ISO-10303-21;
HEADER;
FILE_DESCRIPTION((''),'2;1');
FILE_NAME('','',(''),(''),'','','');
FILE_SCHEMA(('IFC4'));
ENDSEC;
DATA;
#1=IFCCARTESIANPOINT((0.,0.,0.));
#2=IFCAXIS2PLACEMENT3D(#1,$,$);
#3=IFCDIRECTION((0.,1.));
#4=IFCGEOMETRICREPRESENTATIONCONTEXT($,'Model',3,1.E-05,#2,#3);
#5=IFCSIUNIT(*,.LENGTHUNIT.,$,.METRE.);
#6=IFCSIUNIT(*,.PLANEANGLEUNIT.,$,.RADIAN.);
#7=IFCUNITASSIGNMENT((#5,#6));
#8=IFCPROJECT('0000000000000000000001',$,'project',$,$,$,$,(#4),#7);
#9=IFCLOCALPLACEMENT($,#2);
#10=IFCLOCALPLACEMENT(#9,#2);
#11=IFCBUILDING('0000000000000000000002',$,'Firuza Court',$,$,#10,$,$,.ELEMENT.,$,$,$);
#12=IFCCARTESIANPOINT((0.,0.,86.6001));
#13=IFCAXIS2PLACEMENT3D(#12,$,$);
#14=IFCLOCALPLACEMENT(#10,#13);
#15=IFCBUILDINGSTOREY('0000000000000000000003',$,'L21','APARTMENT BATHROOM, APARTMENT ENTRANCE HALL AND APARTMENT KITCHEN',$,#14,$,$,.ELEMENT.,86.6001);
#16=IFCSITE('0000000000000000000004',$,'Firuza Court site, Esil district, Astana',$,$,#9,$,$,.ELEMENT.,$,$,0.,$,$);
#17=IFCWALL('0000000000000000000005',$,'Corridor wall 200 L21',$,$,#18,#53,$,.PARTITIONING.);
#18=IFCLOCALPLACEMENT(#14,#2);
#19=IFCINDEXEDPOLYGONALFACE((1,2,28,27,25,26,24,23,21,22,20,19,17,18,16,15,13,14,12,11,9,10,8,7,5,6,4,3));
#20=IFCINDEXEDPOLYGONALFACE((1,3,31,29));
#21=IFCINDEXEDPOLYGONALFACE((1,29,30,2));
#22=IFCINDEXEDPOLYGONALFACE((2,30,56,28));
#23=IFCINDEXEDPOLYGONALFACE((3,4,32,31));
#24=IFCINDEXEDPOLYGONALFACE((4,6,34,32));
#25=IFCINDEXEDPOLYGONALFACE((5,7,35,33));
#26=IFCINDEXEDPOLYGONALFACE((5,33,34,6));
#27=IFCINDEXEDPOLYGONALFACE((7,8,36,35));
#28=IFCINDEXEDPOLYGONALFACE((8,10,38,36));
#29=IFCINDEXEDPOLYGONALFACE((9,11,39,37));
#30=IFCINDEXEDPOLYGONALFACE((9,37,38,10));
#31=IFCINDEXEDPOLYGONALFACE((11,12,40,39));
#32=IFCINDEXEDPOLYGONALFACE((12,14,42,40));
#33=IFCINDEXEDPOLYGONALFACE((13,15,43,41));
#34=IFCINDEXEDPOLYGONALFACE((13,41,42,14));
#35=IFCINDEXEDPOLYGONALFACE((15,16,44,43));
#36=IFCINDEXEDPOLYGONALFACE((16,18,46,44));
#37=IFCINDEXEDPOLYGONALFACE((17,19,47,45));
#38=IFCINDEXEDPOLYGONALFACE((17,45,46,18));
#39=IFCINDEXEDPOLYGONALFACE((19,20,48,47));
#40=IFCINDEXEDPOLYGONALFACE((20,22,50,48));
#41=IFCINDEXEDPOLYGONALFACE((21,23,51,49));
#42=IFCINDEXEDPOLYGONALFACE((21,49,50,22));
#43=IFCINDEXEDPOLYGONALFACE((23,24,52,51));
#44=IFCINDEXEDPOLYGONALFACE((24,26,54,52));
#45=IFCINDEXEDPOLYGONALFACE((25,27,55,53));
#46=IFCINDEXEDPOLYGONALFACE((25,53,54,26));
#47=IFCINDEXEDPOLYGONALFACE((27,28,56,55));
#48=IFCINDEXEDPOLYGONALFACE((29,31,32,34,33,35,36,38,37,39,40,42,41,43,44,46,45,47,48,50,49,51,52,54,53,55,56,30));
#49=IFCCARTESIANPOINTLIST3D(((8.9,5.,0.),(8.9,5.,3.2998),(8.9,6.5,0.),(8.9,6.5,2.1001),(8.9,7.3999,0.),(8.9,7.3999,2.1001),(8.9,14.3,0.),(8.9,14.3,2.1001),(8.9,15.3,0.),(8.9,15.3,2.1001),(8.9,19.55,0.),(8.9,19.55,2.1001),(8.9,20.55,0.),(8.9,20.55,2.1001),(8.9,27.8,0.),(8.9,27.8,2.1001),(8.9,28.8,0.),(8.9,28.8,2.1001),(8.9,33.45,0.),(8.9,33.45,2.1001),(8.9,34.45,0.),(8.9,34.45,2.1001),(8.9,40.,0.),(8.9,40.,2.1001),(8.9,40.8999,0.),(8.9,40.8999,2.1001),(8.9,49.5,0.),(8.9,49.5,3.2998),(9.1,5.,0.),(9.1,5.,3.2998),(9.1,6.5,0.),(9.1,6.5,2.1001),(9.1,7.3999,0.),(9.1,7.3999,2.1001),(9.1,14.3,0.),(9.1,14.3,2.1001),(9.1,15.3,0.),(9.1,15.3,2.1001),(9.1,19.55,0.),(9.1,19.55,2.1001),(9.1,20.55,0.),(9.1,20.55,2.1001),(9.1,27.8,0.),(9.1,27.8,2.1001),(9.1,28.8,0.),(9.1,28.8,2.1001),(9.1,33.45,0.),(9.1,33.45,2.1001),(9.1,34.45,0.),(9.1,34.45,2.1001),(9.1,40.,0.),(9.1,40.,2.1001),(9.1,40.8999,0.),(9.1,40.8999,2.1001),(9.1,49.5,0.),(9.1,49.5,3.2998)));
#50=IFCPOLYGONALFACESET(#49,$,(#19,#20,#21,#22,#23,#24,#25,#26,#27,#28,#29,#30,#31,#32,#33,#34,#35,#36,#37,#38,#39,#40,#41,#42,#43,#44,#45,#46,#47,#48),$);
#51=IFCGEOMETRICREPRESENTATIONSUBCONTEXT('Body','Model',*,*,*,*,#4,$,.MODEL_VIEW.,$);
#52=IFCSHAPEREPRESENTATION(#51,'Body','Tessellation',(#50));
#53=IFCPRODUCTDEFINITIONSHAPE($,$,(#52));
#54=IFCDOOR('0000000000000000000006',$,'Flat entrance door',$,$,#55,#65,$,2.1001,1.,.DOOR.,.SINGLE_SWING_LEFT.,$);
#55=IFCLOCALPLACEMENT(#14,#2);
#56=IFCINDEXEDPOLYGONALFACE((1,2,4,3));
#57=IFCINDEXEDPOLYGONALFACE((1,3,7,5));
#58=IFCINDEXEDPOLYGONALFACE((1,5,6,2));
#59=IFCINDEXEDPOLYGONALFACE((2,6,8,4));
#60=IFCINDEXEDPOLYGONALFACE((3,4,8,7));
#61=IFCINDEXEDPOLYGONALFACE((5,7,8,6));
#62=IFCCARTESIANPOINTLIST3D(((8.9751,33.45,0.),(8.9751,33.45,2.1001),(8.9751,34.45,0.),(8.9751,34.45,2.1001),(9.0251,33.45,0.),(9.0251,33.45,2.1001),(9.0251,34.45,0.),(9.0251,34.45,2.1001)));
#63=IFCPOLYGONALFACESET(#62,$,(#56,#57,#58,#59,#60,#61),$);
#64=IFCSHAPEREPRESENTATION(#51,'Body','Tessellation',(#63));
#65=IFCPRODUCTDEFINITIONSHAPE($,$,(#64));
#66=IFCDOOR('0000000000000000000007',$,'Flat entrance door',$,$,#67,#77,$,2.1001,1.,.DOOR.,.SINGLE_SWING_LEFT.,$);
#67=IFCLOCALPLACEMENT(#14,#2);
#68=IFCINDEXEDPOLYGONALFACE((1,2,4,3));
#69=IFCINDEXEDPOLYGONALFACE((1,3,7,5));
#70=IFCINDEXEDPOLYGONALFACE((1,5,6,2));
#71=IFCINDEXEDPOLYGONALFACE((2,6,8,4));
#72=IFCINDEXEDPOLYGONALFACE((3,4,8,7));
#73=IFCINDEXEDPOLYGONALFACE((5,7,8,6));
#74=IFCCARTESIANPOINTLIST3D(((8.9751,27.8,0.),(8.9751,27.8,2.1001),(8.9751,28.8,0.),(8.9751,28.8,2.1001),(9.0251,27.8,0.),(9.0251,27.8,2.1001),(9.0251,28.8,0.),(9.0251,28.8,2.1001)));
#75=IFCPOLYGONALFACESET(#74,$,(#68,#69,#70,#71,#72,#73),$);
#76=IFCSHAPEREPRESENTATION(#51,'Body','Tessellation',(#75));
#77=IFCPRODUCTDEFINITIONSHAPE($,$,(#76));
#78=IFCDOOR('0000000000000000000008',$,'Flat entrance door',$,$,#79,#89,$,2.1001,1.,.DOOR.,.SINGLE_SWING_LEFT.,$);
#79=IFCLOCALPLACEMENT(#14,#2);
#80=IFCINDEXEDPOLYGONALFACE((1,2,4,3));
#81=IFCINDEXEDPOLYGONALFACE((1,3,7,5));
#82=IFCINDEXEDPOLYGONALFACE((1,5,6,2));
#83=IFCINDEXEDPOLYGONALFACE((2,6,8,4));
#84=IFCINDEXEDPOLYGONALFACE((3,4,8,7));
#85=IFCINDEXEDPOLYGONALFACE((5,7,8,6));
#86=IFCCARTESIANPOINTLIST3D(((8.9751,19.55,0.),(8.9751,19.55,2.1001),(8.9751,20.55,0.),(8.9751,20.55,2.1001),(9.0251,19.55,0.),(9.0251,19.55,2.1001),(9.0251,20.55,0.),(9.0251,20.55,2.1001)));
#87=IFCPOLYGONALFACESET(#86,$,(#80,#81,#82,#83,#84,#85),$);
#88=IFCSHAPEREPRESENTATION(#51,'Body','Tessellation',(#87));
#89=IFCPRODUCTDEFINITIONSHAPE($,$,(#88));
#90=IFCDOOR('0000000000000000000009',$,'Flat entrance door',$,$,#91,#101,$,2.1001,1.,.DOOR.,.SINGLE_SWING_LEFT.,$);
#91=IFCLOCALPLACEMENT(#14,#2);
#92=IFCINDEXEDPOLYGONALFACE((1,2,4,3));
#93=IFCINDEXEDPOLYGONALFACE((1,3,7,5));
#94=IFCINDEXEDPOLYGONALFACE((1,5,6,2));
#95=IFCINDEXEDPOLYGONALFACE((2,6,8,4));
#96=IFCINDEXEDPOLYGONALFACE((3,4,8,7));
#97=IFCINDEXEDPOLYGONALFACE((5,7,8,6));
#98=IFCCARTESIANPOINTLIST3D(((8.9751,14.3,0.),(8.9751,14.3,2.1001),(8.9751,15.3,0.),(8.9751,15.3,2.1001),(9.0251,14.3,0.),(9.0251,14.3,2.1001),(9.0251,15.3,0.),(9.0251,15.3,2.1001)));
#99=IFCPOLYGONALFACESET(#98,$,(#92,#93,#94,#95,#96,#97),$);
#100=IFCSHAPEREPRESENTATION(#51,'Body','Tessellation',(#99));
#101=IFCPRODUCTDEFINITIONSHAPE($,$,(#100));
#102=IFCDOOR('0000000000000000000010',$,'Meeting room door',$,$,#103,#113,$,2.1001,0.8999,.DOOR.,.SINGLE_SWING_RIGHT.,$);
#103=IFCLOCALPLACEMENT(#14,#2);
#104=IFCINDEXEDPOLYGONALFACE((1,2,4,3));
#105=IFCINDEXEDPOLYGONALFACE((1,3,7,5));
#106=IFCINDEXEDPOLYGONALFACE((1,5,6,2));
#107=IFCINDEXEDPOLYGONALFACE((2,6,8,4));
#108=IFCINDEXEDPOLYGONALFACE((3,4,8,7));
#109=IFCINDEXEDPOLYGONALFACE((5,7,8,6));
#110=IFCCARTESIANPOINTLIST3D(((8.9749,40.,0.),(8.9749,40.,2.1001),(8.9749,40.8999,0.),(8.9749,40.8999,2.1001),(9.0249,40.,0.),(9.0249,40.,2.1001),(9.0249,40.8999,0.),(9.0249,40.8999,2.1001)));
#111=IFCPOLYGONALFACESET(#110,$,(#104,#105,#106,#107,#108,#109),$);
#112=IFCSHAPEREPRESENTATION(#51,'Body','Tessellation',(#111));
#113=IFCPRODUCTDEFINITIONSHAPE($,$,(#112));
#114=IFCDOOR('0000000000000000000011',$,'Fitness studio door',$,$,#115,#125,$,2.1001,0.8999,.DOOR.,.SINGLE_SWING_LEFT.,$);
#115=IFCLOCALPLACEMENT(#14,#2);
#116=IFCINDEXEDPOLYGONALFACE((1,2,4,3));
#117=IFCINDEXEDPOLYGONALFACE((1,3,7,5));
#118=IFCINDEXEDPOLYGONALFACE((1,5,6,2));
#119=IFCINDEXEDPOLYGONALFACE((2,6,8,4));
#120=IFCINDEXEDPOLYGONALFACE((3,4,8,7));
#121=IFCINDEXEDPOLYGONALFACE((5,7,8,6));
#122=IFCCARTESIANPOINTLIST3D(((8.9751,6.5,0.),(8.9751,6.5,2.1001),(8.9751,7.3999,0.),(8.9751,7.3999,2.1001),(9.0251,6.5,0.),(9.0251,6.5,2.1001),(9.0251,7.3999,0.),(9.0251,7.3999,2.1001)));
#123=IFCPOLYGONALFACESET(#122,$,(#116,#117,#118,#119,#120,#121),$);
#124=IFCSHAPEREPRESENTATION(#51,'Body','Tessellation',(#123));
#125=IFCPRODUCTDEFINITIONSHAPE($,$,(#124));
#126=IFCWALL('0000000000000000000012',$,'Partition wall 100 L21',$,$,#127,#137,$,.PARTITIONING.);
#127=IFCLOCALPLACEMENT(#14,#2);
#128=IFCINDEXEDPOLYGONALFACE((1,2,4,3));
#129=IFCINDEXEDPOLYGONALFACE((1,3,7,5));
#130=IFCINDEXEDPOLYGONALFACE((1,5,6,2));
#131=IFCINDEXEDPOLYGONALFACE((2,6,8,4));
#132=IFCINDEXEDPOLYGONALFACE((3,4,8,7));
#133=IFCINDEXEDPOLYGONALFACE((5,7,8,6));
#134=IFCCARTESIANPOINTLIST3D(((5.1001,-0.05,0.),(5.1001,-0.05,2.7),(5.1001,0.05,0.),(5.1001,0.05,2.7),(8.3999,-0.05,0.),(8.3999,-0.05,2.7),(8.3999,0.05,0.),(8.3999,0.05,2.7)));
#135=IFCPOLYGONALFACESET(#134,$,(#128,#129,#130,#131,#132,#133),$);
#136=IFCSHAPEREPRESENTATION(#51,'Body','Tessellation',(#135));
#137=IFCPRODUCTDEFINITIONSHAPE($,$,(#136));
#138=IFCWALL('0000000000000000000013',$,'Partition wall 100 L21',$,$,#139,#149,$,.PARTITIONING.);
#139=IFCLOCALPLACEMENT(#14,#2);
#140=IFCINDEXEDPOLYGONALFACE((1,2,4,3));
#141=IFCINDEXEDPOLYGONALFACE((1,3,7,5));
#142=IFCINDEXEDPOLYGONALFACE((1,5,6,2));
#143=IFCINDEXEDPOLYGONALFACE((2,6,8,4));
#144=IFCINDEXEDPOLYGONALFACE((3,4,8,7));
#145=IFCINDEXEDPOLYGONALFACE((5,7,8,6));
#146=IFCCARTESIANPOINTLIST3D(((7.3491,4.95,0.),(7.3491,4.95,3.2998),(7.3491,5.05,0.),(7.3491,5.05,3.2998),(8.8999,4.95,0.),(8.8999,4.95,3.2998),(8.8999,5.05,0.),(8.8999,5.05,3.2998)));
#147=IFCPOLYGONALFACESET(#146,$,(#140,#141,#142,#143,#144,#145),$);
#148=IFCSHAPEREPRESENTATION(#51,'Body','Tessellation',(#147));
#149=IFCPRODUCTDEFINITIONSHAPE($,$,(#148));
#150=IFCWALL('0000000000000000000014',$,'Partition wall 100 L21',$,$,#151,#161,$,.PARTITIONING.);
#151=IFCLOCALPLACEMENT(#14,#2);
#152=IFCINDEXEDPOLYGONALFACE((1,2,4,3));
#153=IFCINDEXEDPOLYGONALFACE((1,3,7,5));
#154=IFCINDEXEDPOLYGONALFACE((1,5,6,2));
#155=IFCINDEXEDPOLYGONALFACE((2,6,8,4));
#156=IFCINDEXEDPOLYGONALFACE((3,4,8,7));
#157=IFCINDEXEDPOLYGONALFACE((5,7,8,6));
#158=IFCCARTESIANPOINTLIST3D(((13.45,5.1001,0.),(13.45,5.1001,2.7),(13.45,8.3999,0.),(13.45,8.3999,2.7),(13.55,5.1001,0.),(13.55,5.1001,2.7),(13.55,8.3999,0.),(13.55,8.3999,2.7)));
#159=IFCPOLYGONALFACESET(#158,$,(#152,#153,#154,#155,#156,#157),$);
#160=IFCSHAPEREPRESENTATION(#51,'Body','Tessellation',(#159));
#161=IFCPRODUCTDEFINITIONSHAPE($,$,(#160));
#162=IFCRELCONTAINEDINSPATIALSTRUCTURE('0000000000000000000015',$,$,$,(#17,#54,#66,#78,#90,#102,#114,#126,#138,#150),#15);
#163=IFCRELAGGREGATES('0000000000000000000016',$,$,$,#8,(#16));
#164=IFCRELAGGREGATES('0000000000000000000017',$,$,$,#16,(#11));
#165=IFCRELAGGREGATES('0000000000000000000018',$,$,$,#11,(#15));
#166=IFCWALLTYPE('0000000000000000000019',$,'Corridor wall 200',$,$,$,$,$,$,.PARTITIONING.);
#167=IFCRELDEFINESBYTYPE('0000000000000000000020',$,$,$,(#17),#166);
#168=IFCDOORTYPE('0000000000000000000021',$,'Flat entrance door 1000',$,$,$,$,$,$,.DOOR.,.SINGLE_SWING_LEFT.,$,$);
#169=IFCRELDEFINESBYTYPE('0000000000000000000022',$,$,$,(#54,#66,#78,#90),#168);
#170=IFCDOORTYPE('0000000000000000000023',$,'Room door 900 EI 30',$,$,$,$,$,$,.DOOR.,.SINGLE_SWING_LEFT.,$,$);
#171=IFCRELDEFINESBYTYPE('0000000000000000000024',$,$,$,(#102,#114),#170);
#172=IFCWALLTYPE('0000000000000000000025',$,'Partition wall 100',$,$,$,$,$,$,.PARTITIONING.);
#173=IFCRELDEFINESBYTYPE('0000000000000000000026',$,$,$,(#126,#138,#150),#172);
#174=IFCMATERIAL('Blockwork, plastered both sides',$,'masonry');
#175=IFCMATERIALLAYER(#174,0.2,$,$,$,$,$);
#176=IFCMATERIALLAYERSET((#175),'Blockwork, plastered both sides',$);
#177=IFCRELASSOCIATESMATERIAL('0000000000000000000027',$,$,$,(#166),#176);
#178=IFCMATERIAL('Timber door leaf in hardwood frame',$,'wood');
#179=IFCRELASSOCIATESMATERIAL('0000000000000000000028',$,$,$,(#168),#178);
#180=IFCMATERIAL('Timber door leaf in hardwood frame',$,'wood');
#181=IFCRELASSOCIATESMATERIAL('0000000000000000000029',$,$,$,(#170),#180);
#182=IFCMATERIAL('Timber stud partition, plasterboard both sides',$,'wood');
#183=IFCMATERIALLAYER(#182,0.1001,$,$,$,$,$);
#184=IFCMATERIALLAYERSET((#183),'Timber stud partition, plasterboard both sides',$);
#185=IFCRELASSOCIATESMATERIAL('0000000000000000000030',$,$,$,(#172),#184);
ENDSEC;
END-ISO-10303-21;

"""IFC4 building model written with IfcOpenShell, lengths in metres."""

from ifc_helpers import new_model, si_unit, direction, frame, frame_2d, origin, place, context, subcontext, project, spatial, rectangle, extrude, material, layer, layer_set, type_object, element, fill, save


model = new_model("IFC4")

# Units and contexts
model_context = context("Model", 3, precision=1e-05, world=origin(), true_north=direction((0.0, 1.0)))
body_context = subcontext(model_context, "Body", "Model", "MODEL_VIEW")
ifc_project = project(units=[si_unit("LENGTHUNIT", "METRE"), si_unit("PLANEANGLEUNIT", "RADIAN")], contexts=[model_context])

# Site, building, storey
site_placement = place(None, origin())
site = spatial("IfcSite", under=ifc_project, at=site_placement, Name="Firuza Court site, Esil district, Astana", CompositionType="ELEMENT", RefElevation=0.0)
building_placement = place(site_placement, origin())
building = spatial("IfcBuilding", under=site, at=building_placement, Name="Firuza Court", CompositionType="ELEMENT")
storey_placement = place(building_placement, frame((0.0, 0.0, 86.6001)))
storey = spatial("IfcBuildingStorey", under=building, at=storey_placement, Name="L21", Description="APARTMENT BATHROOM, APARTMENT ENTRANCE HALL AND APARTMENT KITCHEN", CompositionType="ELEMENT", Elevation=86.6001)

# Wall, openings, doors
ifc_material_1 = material(Name="Blockwork, plastered both sides", Category="masonry")
ifc_layer_1 = layer(ifc_material_1, 0.2)
ifc_layer_set_1 = layer_set([ifc_layer_1], Name="Blockwork, plastered both sides")
wall_type_1 = type_object("IfcWallType", Name="Corridor wall 200", PredefinedType="PARTITIONING", material=ifc_layer_set_1)
wall_1_placement = place(storey_placement, frame((9.0, 5.0, 0.0), z_axis=(0.0, 0.0, 1.0), x_axis=(0.0, 1.0, 0.0)))
wall_1 = element("IfcWall", 1, at=wall_1_placement, inside=storey, type_object=wall_type_1, Name="Corridor wall 200 L21", PredefinedType="PARTITIONING", context=body_context, shape_type="SweptSolid", body=[
    extrude(rectangle(XDim=44.5, YDim=0.2, at=frame_2d((22.25, 0.0))), origin(), (0.0, 0.0, 1.0), 3.2998),
])
opening_1_placement = place(wall_1_placement, frame((28.45, 0.0, 0.0)))
opening_1 = element("IfcOpeningElement", 2, at=opening_1_placement, cuts=wall_1, PredefinedType="OPENING", context=body_context, shape_type="SweptSolid", body=[
    extrude(rectangle(XDim=1.0, YDim=2.1001, at=frame_2d((0.5, 1.05))), frame((0.0, 0.1118, 0.0), z_axis=(0.0, -1.0, 0.0), x_axis=(1.0, 0.0, 0.0)), (0.0, 0.0, 1.0), 0.2239),
])
opening_2_placement = place(wall_1_placement, frame((22.8, 0.0, 0.0)))
opening_2 = element("IfcOpeningElement", 3, at=opening_2_placement, cuts=wall_1, PredefinedType="OPENING", context=body_context, shape_type="SweptSolid", body=[
    extrude(rectangle(XDim=1.0, YDim=2.1001, at=frame_2d((0.5, 1.05))), frame((0.0, 0.1118, 0.0), z_axis=(0.0, -1.0, 0.0), x_axis=(1.0, 0.0, 0.0)), (0.0, 0.0, 1.0), 0.2239),
])
opening_3_placement = place(wall_1_placement, frame((14.55, 0.0, 0.0)))
opening_3 = element("IfcOpeningElement", 4, at=opening_3_placement, cuts=wall_1, PredefinedType="OPENING", context=body_context, shape_type="SweptSolid", body=[
    extrude(rectangle(XDim=1.0, YDim=2.1001, at=frame_2d((0.5, 1.05))), frame((0.0, 0.1118, 0.0), z_axis=(0.0, -1.0, 0.0), x_axis=(1.0, 0.0, 0.0)), (0.0, 0.0, 1.0), 0.2239),
])
opening_4_placement = place(wall_1_placement, frame((9.3, 0.0, 0.0)))
opening_4 = element("IfcOpeningElement", 5, at=opening_4_placement, cuts=wall_1, PredefinedType="OPENING", context=body_context, shape_type="SweptSolid", body=[
    extrude(rectangle(XDim=1.0, YDim=2.1001, at=frame_2d((0.5, 1.05))), frame((0.0, 0.1118, 0.0), z_axis=(0.0, -1.0, 0.0), x_axis=(1.0, 0.0, 0.0)), (0.0, 0.0, 1.0), 0.2239),
])
opening_5_placement = place(wall_1_placement, frame((35.0, 0.0, 0.0)))
opening_5 = element("IfcOpeningElement", 6, at=opening_5_placement, cuts=wall_1, PredefinedType="OPENING", context=body_context, shape_type="SweptSolid", body=[
    extrude(rectangle(XDim=0.8999, YDim=2.1001, at=frame_2d((0.45, 1.05))), frame((0.0, 0.1118, 0.0), z_axis=(0.0, -1.0, 0.0), x_axis=(1.0, 0.0, 0.0)), (0.0, 0.0, 1.0), 0.2239),
])
opening_6_placement = place(wall_1_placement, frame((1.5, 0.0, 0.0)))
opening_6 = element("IfcOpeningElement", 7, at=opening_6_placement, cuts=wall_1, PredefinedType="OPENING", context=body_context, shape_type="SweptSolid", body=[
    extrude(rectangle(XDim=0.8999, YDim=2.1001, at=frame_2d((0.45, 1.05))), frame((0.0, 0.1118, 0.0), z_axis=(0.0, -1.0, 0.0), x_axis=(1.0, 0.0, 0.0)), (0.0, 0.0, 1.0), 0.2239),
])
ifc_material_2 = material(Name="Timber door leaf in hardwood frame", Category="wood")
door_type_1 = type_object("IfcDoorType", Name="Flat entrance door 1000", OperationType="SINGLE_SWING_LEFT", PredefinedType="DOOR", material=ifc_material_2)
door_1_placement = place(opening_1_placement, origin())
door_1 = element("IfcDoor", 8, at=door_1_placement, inside=storey, type_object=door_type_1, Name="Flat entrance door", OperationType="SINGLE_SWING_LEFT", OverallHeight=2.1001, OverallWidth=1.0, PredefinedType="DOOR", context=body_context, shape_type="SweptSolid", body=[
    extrude(rectangle(XDim=1.0, YDim=2.1001, at=frame_2d((0.5, 1.05))), frame((0.0, 0.0249, 0.0), z_axis=(0.0, -1.0, 0.0), x_axis=(1.0, 0.0, 0.0)), (0.0, 0.0, 1.0), 0.05),
])
fill(opening_1, door_1)
door_2_placement = place(opening_2_placement, origin())
door_2 = element("IfcDoor", 9, at=door_2_placement, inside=storey, type_object=door_type_1, Name="Flat entrance door", OperationType="SINGLE_SWING_LEFT", OverallHeight=2.1001, OverallWidth=1.0, PredefinedType="DOOR", context=body_context, shape_type="SweptSolid", body=[
    extrude(rectangle(XDim=1.0, YDim=2.1001, at=frame_2d((0.5, 1.05))), frame((0.0, 0.0249, 0.0), z_axis=(0.0, -1.0, 0.0), x_axis=(1.0, 0.0, 0.0)), (0.0, 0.0, 1.0), 0.05),
])
fill(opening_2, door_2)
door_3_placement = place(opening_3_placement, origin())
door_3 = element("IfcDoor", 10, at=door_3_placement, inside=storey, type_object=door_type_1, Name="Flat entrance door", OperationType="SINGLE_SWING_LEFT", OverallHeight=2.1001, OverallWidth=1.0, PredefinedType="DOOR", context=body_context, shape_type="SweptSolid", body=[
    extrude(rectangle(XDim=1.0, YDim=2.1001, at=frame_2d((0.5, 1.05))), frame((0.0, 0.0249, 0.0), z_axis=(0.0, -1.0, 0.0), x_axis=(1.0, 0.0, 0.0)), (0.0, 0.0, 1.0), 0.05),
])
fill(opening_3, door_3)
door_4_placement = place(opening_4_placement, origin())
door_4 = element("IfcDoor", 11, at=door_4_placement, inside=storey, type_object=door_type_1, Name="Flat entrance door", OperationType="SINGLE_SWING_LEFT", OverallHeight=2.1001, OverallWidth=1.0, PredefinedType="DOOR", context=body_context, shape_type="SweptSolid", body=[
    extrude(rectangle(XDim=1.0, YDim=2.1001, at=frame_2d((0.5, 1.05))), frame((0.0, 0.0249, 0.0), z_axis=(0.0, -1.0, 0.0), x_axis=(1.0, 0.0, 0.0)), (0.0, 0.0, 1.0), 0.05),
])
fill(opening_4, door_4)
ifc_material_3 = material(Name="Timber door leaf in hardwood frame", Category="wood")
door_type_2 = type_object("IfcDoorType", Name="Room door 900 EI 30", OperationType="SINGLE_SWING_LEFT", PredefinedType="DOOR", material=ifc_material_3)
door_5_placement = place(opening_5_placement, frame((0.8999, 0.0, 0.0), z_axis=(0.0, 0.0, 1.0), x_axis=(-1.0, 0.0, 0.0)))
door_5 = element("IfcDoor", 12, at=door_5_placement, inside=storey, type_object=door_type_2, Name="Meeting room door", OperationType="SINGLE_SWING_RIGHT", OverallHeight=2.1001, OverallWidth=0.8999, PredefinedType="DOOR", context=body_context, shape_type="SweptSolid", body=[
    extrude(rectangle(XDim=0.8999, YDim=2.1001, at=frame_2d((0.45, 1.05))), frame((0.0, 0.0249, 0.0), z_axis=(0.0, -1.0, 0.0), x_axis=(1.0, 0.0, 0.0)), (0.0, 0.0, 1.0), 0.05),
])
fill(opening_5, door_5)
door_6_placement = place(opening_6_placement, origin())
door_6 = element("IfcDoor", 13, at=door_6_placement, inside=storey, type_object=door_type_2, Name="Fitness studio door", OperationType="SINGLE_SWING_LEFT", OverallHeight=2.1001, OverallWidth=0.8999, PredefinedType="DOOR", context=body_context, shape_type="SweptSolid", body=[
    extrude(rectangle(XDim=0.8999, YDim=2.1001, at=frame_2d((0.45, 1.05))), frame((0.0, 0.0249, 0.0), z_axis=(0.0, -1.0, 0.0), x_axis=(1.0, 0.0, 0.0)), (0.0, 0.0, 1.0), 0.05),
])
fill(opening_6, door_6)

# Walls
ifc_material_4 = material(Name="Timber stud partition, plasterboard both sides", Category="wood")
ifc_layer_2 = layer(ifc_material_4, 0.1001)
ifc_layer_set_2 = layer_set([ifc_layer_2], Name="Timber stud partition, plasterboard both sides")
wall_type_2 = type_object("IfcWallType", Name="Partition wall 100", PredefinedType="PARTITIONING", material=ifc_layer_set_2)
wall_2_placement = place(storey_placement, frame((5.1001, 0.0, 0.0), z_axis=(0.0, 0.0, 1.0), x_axis=(1.0, 0.0, 0.0)))
element("IfcWall", 14, at=wall_2_placement, inside=storey, type_object=wall_type_2, Name="Partition wall 100 L21", PredefinedType="PARTITIONING", context=body_context, shape_type="SweptSolid", body=[
    extrude(rectangle(XDim=3.2998, YDim=0.1001, at=frame_2d((1.6499, 0.0))), origin(), (0.0, 0.0, 1.0), 2.7),
])
wall_3_placement = place(storey_placement, frame((7.3491, 5.0, 0.0), z_axis=(0.0, 0.0, 1.0), x_axis=(1.0, 0.0, 0.0)))
element("IfcWall", 15, at=wall_3_placement, inside=storey, type_object=wall_type_2, Name="Partition wall 100 L21", PredefinedType="PARTITIONING", context=body_context, shape_type="SweptSolid", body=[
    extrude(rectangle(XDim=1.5508, YDim=0.1001, at=frame_2d((0.7754, 0.0))), origin(), (0.0, 0.0, 1.0), 3.2998),
])
wall_4_placement = place(storey_placement, frame((13.5, 5.1001, 0.0), z_axis=(0.0, 0.0, 1.0), x_axis=(0.0, 1.0, 0.0)))
element("IfcWall", 16, at=wall_4_placement, inside=storey, type_object=wall_type_2, Name="Partition wall 100 L21", PredefinedType="PARTITIONING", context=body_context, shape_type="SweptSolid", body=[
    extrude(rectangle(XDim=3.2998, YDim=0.1001, at=frame_2d((1.6499, 0.0))), origin(), (0.0, 0.0, 1.0), 2.7),
])

save(model, "model.ifc")
